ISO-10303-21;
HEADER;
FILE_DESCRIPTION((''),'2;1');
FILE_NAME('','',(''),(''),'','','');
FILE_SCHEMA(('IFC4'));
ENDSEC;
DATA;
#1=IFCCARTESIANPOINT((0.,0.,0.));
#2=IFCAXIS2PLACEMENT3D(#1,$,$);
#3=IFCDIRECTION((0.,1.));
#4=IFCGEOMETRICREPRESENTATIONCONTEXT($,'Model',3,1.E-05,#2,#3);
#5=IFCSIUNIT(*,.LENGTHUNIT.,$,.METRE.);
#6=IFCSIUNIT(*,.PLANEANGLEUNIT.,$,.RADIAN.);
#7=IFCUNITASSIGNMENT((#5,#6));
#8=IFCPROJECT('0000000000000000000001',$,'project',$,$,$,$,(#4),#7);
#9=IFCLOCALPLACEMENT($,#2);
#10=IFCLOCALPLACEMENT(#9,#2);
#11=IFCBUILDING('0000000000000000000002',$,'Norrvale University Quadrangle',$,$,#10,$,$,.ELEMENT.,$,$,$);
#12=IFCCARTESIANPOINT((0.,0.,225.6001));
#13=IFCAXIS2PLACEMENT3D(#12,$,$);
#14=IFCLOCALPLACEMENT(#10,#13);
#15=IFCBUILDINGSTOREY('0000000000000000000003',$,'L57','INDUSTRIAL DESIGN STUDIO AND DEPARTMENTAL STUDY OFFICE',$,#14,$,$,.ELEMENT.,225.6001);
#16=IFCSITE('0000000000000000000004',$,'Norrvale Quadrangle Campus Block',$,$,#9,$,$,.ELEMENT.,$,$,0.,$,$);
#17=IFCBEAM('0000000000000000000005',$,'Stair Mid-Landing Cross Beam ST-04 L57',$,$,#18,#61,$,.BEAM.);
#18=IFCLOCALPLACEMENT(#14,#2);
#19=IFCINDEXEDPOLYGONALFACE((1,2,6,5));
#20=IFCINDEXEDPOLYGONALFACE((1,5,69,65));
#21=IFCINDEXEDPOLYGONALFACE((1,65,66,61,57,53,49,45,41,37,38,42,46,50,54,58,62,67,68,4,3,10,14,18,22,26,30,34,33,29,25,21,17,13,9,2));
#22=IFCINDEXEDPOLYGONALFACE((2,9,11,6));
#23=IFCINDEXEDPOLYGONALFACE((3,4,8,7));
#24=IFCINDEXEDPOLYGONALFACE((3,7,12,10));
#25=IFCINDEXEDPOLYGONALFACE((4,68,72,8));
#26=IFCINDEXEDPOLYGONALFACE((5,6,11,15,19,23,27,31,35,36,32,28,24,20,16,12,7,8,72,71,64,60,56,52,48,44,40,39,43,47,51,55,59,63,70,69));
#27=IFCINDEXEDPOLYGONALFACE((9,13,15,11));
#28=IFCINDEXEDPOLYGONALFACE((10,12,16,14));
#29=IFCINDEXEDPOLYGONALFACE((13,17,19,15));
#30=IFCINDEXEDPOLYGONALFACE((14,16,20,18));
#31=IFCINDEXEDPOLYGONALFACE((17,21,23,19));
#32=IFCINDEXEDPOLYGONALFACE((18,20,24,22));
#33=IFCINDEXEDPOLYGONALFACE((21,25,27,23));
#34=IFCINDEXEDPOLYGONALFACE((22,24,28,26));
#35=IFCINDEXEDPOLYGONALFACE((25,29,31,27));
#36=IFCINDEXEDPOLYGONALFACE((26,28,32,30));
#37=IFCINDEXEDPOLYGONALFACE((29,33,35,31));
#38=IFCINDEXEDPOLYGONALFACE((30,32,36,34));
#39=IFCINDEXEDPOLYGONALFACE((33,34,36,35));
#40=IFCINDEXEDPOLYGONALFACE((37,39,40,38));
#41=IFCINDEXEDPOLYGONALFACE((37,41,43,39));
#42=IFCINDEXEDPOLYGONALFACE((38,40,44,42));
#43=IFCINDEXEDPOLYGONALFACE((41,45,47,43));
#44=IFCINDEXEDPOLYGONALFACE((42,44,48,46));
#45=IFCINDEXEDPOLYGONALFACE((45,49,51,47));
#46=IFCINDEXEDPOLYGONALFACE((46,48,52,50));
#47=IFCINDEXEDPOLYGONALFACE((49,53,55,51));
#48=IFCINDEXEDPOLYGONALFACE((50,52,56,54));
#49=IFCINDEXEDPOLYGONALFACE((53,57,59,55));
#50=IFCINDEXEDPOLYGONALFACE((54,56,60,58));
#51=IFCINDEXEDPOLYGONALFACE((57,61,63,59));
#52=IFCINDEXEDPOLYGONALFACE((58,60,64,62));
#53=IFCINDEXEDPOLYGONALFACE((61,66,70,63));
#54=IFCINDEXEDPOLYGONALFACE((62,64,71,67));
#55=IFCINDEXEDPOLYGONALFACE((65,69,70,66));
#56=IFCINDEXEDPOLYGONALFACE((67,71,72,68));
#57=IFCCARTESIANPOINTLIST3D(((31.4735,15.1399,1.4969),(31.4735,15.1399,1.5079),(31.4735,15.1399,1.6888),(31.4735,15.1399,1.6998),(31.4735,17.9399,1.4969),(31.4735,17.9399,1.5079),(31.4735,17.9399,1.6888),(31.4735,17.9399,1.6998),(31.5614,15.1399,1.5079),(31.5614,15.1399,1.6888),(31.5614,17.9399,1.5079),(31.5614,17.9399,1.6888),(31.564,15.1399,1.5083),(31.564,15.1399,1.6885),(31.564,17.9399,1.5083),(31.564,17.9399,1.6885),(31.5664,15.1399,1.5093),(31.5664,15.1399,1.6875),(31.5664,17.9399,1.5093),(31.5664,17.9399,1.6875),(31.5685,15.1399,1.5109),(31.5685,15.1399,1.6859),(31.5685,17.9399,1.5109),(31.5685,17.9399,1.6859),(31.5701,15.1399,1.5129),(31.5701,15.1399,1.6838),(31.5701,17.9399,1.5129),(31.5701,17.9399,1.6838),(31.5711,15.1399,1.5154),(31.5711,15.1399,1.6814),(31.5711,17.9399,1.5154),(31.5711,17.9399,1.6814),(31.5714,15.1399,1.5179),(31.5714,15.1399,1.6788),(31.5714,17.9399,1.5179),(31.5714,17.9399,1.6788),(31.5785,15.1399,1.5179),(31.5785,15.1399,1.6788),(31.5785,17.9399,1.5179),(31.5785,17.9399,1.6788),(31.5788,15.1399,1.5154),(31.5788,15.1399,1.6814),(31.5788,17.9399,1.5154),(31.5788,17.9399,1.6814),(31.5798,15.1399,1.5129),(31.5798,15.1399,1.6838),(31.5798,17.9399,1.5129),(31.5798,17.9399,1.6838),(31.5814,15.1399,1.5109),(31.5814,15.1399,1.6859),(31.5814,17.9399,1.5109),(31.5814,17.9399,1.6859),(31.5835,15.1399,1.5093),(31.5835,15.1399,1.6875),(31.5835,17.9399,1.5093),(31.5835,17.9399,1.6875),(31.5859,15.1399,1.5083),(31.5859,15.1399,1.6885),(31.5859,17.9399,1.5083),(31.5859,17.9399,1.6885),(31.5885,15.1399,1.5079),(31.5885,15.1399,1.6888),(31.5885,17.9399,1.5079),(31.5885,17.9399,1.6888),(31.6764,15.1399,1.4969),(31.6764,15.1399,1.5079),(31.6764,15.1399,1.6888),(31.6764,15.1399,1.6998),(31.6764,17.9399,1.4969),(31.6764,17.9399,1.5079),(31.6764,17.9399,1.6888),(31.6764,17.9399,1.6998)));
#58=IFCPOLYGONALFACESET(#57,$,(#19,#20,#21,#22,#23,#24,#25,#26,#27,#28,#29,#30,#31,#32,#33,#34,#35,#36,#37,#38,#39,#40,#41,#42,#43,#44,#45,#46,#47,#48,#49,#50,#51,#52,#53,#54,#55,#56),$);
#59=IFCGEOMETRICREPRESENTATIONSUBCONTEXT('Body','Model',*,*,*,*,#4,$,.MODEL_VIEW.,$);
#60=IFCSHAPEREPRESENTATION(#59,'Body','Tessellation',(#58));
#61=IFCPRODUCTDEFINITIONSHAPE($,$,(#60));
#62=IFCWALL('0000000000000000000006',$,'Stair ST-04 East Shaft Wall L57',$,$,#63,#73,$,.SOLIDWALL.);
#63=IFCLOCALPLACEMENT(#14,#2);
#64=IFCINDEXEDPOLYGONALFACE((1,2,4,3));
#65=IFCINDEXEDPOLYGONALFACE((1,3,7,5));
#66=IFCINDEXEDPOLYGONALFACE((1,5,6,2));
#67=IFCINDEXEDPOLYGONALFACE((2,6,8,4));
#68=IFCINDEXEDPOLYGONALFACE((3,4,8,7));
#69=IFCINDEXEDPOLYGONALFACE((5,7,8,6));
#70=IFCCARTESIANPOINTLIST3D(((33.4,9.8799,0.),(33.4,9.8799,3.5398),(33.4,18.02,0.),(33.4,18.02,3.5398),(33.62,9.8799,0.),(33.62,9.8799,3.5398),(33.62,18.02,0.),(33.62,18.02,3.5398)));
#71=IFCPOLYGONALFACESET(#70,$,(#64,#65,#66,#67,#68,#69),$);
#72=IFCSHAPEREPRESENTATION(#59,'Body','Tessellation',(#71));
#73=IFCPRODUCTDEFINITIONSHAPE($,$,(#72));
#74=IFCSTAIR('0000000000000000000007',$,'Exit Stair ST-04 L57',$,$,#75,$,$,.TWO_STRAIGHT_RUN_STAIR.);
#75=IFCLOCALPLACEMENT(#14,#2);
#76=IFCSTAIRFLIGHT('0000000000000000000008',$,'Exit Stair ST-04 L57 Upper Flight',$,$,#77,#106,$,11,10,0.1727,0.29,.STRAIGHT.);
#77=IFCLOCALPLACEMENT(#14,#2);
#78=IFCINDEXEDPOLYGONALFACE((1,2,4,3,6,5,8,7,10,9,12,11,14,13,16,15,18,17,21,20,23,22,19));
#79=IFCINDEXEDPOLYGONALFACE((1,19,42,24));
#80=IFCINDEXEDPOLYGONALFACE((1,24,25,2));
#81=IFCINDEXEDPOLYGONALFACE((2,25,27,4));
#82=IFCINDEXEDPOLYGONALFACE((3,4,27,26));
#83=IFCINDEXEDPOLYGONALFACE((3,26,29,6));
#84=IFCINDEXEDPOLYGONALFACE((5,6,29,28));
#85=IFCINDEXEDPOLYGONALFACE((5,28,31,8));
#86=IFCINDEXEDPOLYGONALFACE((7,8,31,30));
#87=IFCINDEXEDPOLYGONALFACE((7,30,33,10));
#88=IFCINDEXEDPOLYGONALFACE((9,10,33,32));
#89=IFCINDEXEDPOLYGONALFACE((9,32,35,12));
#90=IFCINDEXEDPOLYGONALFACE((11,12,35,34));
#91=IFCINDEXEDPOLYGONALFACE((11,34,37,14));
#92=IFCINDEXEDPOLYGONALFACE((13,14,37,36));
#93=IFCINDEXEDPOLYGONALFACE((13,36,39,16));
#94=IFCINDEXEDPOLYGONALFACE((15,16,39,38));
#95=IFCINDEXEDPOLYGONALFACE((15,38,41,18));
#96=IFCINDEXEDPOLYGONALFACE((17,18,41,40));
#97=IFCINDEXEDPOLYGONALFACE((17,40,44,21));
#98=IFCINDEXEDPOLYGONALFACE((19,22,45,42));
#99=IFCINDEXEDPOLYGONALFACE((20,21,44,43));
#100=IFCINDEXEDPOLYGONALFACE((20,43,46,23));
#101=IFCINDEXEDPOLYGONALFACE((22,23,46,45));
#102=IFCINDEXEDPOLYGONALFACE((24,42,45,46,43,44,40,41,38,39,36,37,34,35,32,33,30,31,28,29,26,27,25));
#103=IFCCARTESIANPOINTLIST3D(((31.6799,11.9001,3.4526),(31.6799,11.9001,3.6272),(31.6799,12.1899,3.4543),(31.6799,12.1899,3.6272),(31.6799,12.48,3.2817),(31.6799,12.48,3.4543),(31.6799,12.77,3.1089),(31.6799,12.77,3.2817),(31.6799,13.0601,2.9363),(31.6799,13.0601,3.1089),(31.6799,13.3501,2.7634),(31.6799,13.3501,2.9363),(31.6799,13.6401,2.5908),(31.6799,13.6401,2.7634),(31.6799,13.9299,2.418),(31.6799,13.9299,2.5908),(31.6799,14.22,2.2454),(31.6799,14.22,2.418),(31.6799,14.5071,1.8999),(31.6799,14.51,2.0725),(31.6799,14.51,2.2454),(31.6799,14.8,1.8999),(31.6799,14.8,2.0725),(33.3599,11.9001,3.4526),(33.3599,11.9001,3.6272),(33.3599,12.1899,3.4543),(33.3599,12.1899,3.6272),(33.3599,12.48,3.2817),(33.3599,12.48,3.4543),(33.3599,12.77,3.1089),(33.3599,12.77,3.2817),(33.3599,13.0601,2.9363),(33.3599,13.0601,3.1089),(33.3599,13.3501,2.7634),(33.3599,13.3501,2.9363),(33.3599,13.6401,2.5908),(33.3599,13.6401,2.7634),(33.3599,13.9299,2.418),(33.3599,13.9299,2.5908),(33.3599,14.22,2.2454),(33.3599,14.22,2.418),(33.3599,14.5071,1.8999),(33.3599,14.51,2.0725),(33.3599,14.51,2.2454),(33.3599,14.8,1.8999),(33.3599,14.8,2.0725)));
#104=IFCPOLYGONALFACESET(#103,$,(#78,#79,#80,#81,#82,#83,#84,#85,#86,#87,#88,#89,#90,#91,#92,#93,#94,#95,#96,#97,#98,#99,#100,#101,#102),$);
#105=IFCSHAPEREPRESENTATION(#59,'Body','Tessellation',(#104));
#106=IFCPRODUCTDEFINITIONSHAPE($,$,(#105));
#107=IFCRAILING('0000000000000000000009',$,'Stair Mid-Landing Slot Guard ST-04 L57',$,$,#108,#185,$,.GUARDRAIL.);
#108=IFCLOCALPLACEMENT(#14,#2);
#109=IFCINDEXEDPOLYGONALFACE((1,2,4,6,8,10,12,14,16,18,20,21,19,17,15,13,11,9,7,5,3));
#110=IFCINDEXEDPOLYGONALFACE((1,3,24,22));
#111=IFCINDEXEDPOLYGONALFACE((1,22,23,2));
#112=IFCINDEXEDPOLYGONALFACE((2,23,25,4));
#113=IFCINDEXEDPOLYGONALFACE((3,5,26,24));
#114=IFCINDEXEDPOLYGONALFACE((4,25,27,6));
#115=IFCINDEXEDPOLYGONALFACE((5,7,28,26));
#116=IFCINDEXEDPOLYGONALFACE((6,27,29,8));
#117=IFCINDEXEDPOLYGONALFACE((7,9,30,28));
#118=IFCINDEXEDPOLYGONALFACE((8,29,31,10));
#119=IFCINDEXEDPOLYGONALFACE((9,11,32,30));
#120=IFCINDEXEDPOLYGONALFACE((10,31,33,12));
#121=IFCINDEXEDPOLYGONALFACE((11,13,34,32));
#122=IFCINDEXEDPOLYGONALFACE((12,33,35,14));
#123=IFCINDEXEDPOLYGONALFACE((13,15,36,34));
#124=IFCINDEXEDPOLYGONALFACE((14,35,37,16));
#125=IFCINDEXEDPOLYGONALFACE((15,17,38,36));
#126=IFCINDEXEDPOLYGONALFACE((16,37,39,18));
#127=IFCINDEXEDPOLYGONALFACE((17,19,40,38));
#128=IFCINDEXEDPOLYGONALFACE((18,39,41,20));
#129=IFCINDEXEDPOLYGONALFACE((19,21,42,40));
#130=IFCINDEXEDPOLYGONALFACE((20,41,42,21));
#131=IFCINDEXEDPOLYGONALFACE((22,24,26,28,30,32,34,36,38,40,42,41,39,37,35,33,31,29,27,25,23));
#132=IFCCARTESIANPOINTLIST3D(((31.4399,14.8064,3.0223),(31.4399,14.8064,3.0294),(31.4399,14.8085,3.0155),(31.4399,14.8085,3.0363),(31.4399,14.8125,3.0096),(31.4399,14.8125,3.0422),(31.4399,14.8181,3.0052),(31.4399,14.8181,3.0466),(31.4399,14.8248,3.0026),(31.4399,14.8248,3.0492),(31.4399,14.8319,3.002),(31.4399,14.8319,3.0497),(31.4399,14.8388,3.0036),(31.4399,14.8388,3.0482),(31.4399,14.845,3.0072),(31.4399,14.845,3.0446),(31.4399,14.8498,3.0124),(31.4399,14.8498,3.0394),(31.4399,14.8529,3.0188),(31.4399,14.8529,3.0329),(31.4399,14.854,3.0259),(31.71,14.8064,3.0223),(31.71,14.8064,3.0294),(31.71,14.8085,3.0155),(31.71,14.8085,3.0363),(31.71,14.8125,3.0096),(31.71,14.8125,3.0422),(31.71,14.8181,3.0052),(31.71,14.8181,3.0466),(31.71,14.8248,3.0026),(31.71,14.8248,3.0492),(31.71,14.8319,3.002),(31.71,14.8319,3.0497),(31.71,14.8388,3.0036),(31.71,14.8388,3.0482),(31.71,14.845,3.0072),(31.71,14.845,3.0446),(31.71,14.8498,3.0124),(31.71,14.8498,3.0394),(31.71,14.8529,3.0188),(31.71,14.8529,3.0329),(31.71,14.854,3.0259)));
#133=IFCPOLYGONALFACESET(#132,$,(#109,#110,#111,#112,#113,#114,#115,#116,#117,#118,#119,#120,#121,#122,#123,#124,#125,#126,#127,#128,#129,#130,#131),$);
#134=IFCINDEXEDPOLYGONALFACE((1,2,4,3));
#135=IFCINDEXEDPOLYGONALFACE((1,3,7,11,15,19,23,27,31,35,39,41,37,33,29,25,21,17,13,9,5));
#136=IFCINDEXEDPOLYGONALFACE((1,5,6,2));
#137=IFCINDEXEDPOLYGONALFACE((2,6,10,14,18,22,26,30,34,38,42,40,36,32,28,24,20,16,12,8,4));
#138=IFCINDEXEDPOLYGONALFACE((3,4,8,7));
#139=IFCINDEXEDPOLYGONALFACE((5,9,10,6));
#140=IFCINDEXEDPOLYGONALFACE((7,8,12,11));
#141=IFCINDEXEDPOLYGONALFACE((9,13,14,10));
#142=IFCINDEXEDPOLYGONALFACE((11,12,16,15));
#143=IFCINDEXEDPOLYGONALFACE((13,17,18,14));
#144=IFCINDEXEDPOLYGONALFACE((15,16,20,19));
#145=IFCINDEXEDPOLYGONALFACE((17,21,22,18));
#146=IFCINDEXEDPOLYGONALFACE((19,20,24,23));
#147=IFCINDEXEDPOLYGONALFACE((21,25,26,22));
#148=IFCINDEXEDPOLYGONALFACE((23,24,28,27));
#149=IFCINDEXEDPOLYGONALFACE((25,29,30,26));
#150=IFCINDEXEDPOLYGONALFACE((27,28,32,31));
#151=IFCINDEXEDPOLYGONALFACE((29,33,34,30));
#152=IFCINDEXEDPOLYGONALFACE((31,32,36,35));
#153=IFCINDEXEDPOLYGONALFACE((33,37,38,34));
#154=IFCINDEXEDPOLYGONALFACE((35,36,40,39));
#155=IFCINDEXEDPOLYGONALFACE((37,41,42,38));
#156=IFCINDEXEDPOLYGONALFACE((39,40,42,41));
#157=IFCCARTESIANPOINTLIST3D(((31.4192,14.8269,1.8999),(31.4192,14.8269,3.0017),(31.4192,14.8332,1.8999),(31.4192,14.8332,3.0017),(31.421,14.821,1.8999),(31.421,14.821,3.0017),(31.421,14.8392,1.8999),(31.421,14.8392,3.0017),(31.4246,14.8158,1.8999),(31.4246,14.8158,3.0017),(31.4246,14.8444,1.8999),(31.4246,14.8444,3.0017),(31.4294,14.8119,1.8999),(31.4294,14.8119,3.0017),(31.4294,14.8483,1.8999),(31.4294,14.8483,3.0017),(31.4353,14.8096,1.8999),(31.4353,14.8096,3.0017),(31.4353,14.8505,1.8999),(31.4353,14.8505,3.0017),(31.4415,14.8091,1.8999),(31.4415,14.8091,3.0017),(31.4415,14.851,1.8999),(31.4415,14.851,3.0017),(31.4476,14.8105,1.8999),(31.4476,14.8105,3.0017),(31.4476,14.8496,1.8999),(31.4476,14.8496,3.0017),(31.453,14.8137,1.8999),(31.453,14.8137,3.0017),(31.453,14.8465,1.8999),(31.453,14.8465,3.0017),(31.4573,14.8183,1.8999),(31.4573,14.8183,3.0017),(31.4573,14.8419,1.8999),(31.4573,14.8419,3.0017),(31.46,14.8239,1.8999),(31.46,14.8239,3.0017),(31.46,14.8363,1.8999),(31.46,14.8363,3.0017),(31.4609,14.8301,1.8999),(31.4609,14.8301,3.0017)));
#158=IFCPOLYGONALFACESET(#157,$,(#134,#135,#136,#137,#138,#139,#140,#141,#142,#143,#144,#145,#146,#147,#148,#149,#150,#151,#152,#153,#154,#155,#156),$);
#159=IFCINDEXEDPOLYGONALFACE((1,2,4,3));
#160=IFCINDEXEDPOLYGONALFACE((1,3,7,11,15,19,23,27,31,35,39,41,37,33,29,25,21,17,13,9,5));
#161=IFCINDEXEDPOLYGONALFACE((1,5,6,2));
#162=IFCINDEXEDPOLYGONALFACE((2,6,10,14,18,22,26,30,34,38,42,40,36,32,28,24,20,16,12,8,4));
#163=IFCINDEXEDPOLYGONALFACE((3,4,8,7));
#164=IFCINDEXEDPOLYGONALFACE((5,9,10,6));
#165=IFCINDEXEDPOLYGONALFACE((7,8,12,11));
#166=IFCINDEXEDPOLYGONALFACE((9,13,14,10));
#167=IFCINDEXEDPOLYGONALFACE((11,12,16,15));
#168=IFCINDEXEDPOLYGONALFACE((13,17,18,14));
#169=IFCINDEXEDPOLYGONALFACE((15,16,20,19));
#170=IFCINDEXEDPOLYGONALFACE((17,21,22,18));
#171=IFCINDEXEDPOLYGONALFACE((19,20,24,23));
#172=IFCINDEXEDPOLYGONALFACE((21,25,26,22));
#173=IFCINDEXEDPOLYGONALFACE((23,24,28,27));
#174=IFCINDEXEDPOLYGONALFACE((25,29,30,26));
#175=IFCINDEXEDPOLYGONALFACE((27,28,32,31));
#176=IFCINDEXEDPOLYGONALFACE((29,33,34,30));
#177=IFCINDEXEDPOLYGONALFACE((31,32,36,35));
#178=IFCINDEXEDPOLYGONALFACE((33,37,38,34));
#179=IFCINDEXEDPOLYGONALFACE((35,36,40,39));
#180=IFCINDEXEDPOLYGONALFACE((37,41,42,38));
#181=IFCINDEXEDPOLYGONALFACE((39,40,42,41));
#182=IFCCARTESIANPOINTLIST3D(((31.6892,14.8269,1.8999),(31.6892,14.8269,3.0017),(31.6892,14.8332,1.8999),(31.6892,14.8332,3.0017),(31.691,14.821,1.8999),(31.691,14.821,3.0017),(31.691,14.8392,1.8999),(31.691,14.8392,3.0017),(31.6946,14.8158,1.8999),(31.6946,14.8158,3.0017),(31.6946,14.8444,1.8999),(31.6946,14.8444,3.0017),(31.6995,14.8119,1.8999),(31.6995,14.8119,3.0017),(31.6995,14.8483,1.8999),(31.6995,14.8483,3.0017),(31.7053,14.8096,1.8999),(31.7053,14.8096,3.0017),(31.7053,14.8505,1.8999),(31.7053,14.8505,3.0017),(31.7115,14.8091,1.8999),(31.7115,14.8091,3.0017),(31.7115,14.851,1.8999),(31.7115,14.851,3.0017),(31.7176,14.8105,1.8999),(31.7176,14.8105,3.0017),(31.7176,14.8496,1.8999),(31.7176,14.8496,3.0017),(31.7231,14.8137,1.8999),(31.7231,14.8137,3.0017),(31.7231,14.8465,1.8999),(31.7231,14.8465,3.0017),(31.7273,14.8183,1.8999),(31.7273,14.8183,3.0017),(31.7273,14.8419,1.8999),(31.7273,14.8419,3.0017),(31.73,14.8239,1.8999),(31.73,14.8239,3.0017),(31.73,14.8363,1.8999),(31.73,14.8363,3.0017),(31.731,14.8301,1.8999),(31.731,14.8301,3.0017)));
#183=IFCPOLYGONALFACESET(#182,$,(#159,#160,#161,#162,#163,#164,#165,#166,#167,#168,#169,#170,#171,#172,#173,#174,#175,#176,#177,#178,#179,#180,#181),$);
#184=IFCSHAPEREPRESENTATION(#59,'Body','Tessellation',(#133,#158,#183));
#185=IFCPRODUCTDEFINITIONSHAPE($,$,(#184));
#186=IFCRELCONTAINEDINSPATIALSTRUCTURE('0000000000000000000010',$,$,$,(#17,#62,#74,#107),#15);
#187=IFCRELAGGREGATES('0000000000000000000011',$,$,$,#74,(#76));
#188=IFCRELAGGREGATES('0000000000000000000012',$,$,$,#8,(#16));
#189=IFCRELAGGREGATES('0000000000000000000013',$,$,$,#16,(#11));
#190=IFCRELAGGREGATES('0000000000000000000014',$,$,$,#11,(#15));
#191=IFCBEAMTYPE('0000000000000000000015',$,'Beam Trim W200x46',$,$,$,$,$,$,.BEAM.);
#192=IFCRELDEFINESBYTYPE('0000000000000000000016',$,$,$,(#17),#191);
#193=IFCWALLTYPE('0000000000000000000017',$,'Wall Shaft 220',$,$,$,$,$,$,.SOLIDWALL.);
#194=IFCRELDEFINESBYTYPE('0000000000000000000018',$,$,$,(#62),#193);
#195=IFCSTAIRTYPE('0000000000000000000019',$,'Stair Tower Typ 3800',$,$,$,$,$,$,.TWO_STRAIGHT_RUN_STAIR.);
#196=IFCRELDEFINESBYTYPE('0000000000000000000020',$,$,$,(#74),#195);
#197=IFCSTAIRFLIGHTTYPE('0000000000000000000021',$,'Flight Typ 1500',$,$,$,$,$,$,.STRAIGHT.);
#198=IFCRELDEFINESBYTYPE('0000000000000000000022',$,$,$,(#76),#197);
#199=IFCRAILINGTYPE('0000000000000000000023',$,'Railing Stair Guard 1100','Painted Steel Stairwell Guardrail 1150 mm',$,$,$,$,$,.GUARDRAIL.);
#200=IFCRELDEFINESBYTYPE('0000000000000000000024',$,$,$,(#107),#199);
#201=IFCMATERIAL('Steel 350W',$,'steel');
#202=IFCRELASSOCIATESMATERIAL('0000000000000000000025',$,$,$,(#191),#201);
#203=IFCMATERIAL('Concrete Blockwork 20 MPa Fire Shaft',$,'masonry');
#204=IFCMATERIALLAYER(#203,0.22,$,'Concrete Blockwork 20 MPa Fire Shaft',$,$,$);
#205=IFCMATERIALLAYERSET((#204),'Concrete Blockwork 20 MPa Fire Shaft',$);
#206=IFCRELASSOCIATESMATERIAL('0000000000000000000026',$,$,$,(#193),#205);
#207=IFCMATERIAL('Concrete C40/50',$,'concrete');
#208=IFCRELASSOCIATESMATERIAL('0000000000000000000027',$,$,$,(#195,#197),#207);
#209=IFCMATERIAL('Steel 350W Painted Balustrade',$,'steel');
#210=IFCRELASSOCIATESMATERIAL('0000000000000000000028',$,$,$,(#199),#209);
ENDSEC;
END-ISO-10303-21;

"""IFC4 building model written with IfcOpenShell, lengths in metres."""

from ifc_helpers import new_model, si_unit, direction, frame, frame_2d, origin, origin_2d, place, context, subcontext, project, spatial, polyline, rectangle, circle, i_section, outline, extrude, material, layer, layer_set, material_profile, profile_set, type_object, element, aggregate, save


model = new_model("IFC4")

# Units and contexts
model_context = context("Model", 3, precision=1e-05, world=origin(), true_north=direction((0.0, 1.0)))
body_context = subcontext(model_context, "Body", "Model", "MODEL_VIEW")
ifc_project = project(units=[si_unit("LENGTHUNIT", "METRE"), si_unit("PLANEANGLEUNIT", "RADIAN")], contexts=[model_context])

# Site, building, storey
site_placement = place(None, origin())
site = spatial("IfcSite", under=ifc_project, at=site_placement, Name="Norrvale Quadrangle Campus Block", CompositionType="ELEMENT", RefElevation=0.0)
building_placement = place(site_placement, origin())
building = spatial("IfcBuilding", under=site, at=building_placement, Name="Norrvale University Quadrangle", CompositionType="ELEMENT")
storey_placement = place(building_placement, frame((0.0, 0.0, 225.6001)))
storey = spatial("IfcBuildingStorey", under=building, at=storey_placement, Name="L57", Description="INDUSTRIAL DESIGN STUDIO AND DEPARTMENTAL STUDY OFFICE", CompositionType="ELEMENT", Elevation=225.6001)

# Beam
ifc_material_1 = material(Name="Steel 350W", Category="steel")
ifc_material_profile_1 = material_profile(ifc_material_1, i_section(OverallWidth=0.2029, OverallDepth=0.2029, WebThickness=0.0071, FlangeThickness=0.011, FilletRadius=0.01, at=origin_2d()), Name="Steel 350W")
ifc_profile_set_1 = profile_set([ifc_material_profile_1], Name="Steel 350W")
beam_type_1 = type_object("IfcBeamType", Name="Beam Trim W200x46", PredefinedType="BEAM", material=ifc_profile_set_1)
beam_1_placement = place(storey_placement, frame((31.575, 15.1399, 1.5984), z_axis=(0.0, 1.0, 0.0), x_axis=(-1.0, 0.0, 0.0)))
element("IfcBeam", 1, at=beam_1_placement, inside=storey, type_object=beam_type_1, Name="Stair Mid-Landing Cross Beam ST-04 L57", PredefinedType="BEAM", context=body_context, shape_type="SweptSolid", body=[
    extrude(i_section(OverallWidth=0.2029, OverallDepth=0.2029, WebThickness=0.0071, FlangeThickness=0.011, FilletRadius=0.01, at=origin_2d()), origin(), (0.0, 0.0, 1.0), 2.8),
])

# Wall
ifc_material_2 = material(Name="Concrete Blockwork 20 MPa Fire Shaft", Category="masonry")
ifc_layer = layer(ifc_material_2, 0.22, Name="Concrete Blockwork 20 MPa Fire Shaft")
ifc_layer_set = layer_set([ifc_layer], Name="Concrete Blockwork 20 MPa Fire Shaft")
wall_type = type_object("IfcWallType", Name="Wall Shaft 220", PredefinedType="SOLIDWALL", material=ifc_layer_set)
wall_placement = place(storey_placement, frame((33.51, 9.8799, 0.0), z_axis=(0.0, 0.0, 1.0), x_axis=(0.0, 1.0, 0.0)))
element("IfcWall", 2, at=wall_placement, inside=storey, type_object=wall_type, Name="Stair ST-04 East Shaft Wall L57", PredefinedType="SOLIDWALL", context=body_context, shape_type="SweptSolid", body=[
    extrude(rectangle(XDim=8.1401, YDim=0.22, at=frame_2d((4.0701, 0.0))), origin(), (0.0, 0.0, 1.0), 3.5398),
])

# Stair, stair flight
ifc_material_3 = material(Name="Concrete C40/50", Category="concrete")
stair_type = type_object("IfcStairType", Name="Stair Tower Typ 3800", PredefinedType="TWO_STRAIGHT_RUN_STAIR", material=ifc_material_3)
stair_placement = place(storey_placement, origin())
stair = element("IfcStair", 3, at=stair_placement, inside=storey, type_object=stair_type, Name="Exit Stair ST-04 L57", PredefinedType="TWO_STRAIGHT_RUN_STAIR")
stair_flight_type = type_object("IfcStairFlightType", Name="Flight Typ 1500", PredefinedType="STRAIGHT", material=ifc_material_3)
stair_flight_placement = place(storey_placement, frame((32.52, 14.8, 1.8999), z_axis=(0.0, 0.0, 1.0), x_axis=(0.0, -1.0, 0.0)))
stair_flight = element("IfcStairFlight", 4, at=stair_flight_placement, type_object=stair_flight_type, Name="Exit Stair ST-04 L57 Upper Flight", NumberOfRisers=11, NumberOfTreads=10, PredefinedType="STRAIGHT", RiserHeight=0.1727, TreadLength=0.29, context=body_context, shape_type="SweptSolid", body=[
    extrude(outline(polyline([(0.0, 0.0), (0.0, 0.1726), (0.29, 0.1726), (0.29, 0.3455), (0.5801, 0.3455), (0.5801, 0.5181), (0.8701, 0.5181), (0.8701, 0.6909), (1.1599, 0.6909), (1.1599, 0.8635), (1.45, 0.8635), (1.45, 1.0364), (1.74, 1.0364), (1.74, 1.209), (2.03, 1.209), (2.03, 1.3818), (2.3201, 1.3818), (2.3201, 1.5544), (2.6101, 1.5544), (2.6101, 1.7273), (2.8999, 1.7273), (2.8999, 1.8999), (2.8999, 1.5527), (0.293, 0.0), (0.0, 0.0)])), frame((0.0, 0.8398, 0.0), z_axis=(0.0, -1.0, 0.0), x_axis=(1.0, 0.0, 0.0)), (0.0, 0.0, 1.0), 1.6799),
])
aggregate(stair, [stair_flight])

# Railing
ifc_material_4 = material(Name="Steel 350W Painted Balustrade", Category="steel")
railing_type_1 = type_object("IfcRailingType", Name="Railing Stair Guard 1100", Description="Painted Steel Stairwell Guardrail 1150 mm", PredefinedType="GUARDRAIL", material=ifc_material_4)
railing_1_placement = place(storey_placement, frame((31.4399, 14.8301, 1.8999)))
element("IfcRailing", 5, at=railing_1_placement, inside=storey, type_object=railing_type_1, Name="Stair Mid-Landing Slot Guard ST-04 L57", PredefinedType="GUARDRAIL", context=body_context, shape_type="SweptSolid", body=[
    extrude(circle(Radius=0.0239, at=origin_2d()), frame((0.0, 0.0, 1.126), z_axis=(1.0, 0.0, 0.0), x_axis=(0.0, 1.0, 0.0)), (0.0, 0.0, 1.0), 0.27),
    extrude(circle(Radius=0.021, at=origin_2d()), origin(), (0.0, 0.0, 1.0), 1.1018),
    extrude(circle(Radius=0.021, at=origin_2d()), frame((0.27, 0.0, 0.0)), (0.0, 0.0, 1.0), 1.1018),
])

save(model, "model.ifc")
